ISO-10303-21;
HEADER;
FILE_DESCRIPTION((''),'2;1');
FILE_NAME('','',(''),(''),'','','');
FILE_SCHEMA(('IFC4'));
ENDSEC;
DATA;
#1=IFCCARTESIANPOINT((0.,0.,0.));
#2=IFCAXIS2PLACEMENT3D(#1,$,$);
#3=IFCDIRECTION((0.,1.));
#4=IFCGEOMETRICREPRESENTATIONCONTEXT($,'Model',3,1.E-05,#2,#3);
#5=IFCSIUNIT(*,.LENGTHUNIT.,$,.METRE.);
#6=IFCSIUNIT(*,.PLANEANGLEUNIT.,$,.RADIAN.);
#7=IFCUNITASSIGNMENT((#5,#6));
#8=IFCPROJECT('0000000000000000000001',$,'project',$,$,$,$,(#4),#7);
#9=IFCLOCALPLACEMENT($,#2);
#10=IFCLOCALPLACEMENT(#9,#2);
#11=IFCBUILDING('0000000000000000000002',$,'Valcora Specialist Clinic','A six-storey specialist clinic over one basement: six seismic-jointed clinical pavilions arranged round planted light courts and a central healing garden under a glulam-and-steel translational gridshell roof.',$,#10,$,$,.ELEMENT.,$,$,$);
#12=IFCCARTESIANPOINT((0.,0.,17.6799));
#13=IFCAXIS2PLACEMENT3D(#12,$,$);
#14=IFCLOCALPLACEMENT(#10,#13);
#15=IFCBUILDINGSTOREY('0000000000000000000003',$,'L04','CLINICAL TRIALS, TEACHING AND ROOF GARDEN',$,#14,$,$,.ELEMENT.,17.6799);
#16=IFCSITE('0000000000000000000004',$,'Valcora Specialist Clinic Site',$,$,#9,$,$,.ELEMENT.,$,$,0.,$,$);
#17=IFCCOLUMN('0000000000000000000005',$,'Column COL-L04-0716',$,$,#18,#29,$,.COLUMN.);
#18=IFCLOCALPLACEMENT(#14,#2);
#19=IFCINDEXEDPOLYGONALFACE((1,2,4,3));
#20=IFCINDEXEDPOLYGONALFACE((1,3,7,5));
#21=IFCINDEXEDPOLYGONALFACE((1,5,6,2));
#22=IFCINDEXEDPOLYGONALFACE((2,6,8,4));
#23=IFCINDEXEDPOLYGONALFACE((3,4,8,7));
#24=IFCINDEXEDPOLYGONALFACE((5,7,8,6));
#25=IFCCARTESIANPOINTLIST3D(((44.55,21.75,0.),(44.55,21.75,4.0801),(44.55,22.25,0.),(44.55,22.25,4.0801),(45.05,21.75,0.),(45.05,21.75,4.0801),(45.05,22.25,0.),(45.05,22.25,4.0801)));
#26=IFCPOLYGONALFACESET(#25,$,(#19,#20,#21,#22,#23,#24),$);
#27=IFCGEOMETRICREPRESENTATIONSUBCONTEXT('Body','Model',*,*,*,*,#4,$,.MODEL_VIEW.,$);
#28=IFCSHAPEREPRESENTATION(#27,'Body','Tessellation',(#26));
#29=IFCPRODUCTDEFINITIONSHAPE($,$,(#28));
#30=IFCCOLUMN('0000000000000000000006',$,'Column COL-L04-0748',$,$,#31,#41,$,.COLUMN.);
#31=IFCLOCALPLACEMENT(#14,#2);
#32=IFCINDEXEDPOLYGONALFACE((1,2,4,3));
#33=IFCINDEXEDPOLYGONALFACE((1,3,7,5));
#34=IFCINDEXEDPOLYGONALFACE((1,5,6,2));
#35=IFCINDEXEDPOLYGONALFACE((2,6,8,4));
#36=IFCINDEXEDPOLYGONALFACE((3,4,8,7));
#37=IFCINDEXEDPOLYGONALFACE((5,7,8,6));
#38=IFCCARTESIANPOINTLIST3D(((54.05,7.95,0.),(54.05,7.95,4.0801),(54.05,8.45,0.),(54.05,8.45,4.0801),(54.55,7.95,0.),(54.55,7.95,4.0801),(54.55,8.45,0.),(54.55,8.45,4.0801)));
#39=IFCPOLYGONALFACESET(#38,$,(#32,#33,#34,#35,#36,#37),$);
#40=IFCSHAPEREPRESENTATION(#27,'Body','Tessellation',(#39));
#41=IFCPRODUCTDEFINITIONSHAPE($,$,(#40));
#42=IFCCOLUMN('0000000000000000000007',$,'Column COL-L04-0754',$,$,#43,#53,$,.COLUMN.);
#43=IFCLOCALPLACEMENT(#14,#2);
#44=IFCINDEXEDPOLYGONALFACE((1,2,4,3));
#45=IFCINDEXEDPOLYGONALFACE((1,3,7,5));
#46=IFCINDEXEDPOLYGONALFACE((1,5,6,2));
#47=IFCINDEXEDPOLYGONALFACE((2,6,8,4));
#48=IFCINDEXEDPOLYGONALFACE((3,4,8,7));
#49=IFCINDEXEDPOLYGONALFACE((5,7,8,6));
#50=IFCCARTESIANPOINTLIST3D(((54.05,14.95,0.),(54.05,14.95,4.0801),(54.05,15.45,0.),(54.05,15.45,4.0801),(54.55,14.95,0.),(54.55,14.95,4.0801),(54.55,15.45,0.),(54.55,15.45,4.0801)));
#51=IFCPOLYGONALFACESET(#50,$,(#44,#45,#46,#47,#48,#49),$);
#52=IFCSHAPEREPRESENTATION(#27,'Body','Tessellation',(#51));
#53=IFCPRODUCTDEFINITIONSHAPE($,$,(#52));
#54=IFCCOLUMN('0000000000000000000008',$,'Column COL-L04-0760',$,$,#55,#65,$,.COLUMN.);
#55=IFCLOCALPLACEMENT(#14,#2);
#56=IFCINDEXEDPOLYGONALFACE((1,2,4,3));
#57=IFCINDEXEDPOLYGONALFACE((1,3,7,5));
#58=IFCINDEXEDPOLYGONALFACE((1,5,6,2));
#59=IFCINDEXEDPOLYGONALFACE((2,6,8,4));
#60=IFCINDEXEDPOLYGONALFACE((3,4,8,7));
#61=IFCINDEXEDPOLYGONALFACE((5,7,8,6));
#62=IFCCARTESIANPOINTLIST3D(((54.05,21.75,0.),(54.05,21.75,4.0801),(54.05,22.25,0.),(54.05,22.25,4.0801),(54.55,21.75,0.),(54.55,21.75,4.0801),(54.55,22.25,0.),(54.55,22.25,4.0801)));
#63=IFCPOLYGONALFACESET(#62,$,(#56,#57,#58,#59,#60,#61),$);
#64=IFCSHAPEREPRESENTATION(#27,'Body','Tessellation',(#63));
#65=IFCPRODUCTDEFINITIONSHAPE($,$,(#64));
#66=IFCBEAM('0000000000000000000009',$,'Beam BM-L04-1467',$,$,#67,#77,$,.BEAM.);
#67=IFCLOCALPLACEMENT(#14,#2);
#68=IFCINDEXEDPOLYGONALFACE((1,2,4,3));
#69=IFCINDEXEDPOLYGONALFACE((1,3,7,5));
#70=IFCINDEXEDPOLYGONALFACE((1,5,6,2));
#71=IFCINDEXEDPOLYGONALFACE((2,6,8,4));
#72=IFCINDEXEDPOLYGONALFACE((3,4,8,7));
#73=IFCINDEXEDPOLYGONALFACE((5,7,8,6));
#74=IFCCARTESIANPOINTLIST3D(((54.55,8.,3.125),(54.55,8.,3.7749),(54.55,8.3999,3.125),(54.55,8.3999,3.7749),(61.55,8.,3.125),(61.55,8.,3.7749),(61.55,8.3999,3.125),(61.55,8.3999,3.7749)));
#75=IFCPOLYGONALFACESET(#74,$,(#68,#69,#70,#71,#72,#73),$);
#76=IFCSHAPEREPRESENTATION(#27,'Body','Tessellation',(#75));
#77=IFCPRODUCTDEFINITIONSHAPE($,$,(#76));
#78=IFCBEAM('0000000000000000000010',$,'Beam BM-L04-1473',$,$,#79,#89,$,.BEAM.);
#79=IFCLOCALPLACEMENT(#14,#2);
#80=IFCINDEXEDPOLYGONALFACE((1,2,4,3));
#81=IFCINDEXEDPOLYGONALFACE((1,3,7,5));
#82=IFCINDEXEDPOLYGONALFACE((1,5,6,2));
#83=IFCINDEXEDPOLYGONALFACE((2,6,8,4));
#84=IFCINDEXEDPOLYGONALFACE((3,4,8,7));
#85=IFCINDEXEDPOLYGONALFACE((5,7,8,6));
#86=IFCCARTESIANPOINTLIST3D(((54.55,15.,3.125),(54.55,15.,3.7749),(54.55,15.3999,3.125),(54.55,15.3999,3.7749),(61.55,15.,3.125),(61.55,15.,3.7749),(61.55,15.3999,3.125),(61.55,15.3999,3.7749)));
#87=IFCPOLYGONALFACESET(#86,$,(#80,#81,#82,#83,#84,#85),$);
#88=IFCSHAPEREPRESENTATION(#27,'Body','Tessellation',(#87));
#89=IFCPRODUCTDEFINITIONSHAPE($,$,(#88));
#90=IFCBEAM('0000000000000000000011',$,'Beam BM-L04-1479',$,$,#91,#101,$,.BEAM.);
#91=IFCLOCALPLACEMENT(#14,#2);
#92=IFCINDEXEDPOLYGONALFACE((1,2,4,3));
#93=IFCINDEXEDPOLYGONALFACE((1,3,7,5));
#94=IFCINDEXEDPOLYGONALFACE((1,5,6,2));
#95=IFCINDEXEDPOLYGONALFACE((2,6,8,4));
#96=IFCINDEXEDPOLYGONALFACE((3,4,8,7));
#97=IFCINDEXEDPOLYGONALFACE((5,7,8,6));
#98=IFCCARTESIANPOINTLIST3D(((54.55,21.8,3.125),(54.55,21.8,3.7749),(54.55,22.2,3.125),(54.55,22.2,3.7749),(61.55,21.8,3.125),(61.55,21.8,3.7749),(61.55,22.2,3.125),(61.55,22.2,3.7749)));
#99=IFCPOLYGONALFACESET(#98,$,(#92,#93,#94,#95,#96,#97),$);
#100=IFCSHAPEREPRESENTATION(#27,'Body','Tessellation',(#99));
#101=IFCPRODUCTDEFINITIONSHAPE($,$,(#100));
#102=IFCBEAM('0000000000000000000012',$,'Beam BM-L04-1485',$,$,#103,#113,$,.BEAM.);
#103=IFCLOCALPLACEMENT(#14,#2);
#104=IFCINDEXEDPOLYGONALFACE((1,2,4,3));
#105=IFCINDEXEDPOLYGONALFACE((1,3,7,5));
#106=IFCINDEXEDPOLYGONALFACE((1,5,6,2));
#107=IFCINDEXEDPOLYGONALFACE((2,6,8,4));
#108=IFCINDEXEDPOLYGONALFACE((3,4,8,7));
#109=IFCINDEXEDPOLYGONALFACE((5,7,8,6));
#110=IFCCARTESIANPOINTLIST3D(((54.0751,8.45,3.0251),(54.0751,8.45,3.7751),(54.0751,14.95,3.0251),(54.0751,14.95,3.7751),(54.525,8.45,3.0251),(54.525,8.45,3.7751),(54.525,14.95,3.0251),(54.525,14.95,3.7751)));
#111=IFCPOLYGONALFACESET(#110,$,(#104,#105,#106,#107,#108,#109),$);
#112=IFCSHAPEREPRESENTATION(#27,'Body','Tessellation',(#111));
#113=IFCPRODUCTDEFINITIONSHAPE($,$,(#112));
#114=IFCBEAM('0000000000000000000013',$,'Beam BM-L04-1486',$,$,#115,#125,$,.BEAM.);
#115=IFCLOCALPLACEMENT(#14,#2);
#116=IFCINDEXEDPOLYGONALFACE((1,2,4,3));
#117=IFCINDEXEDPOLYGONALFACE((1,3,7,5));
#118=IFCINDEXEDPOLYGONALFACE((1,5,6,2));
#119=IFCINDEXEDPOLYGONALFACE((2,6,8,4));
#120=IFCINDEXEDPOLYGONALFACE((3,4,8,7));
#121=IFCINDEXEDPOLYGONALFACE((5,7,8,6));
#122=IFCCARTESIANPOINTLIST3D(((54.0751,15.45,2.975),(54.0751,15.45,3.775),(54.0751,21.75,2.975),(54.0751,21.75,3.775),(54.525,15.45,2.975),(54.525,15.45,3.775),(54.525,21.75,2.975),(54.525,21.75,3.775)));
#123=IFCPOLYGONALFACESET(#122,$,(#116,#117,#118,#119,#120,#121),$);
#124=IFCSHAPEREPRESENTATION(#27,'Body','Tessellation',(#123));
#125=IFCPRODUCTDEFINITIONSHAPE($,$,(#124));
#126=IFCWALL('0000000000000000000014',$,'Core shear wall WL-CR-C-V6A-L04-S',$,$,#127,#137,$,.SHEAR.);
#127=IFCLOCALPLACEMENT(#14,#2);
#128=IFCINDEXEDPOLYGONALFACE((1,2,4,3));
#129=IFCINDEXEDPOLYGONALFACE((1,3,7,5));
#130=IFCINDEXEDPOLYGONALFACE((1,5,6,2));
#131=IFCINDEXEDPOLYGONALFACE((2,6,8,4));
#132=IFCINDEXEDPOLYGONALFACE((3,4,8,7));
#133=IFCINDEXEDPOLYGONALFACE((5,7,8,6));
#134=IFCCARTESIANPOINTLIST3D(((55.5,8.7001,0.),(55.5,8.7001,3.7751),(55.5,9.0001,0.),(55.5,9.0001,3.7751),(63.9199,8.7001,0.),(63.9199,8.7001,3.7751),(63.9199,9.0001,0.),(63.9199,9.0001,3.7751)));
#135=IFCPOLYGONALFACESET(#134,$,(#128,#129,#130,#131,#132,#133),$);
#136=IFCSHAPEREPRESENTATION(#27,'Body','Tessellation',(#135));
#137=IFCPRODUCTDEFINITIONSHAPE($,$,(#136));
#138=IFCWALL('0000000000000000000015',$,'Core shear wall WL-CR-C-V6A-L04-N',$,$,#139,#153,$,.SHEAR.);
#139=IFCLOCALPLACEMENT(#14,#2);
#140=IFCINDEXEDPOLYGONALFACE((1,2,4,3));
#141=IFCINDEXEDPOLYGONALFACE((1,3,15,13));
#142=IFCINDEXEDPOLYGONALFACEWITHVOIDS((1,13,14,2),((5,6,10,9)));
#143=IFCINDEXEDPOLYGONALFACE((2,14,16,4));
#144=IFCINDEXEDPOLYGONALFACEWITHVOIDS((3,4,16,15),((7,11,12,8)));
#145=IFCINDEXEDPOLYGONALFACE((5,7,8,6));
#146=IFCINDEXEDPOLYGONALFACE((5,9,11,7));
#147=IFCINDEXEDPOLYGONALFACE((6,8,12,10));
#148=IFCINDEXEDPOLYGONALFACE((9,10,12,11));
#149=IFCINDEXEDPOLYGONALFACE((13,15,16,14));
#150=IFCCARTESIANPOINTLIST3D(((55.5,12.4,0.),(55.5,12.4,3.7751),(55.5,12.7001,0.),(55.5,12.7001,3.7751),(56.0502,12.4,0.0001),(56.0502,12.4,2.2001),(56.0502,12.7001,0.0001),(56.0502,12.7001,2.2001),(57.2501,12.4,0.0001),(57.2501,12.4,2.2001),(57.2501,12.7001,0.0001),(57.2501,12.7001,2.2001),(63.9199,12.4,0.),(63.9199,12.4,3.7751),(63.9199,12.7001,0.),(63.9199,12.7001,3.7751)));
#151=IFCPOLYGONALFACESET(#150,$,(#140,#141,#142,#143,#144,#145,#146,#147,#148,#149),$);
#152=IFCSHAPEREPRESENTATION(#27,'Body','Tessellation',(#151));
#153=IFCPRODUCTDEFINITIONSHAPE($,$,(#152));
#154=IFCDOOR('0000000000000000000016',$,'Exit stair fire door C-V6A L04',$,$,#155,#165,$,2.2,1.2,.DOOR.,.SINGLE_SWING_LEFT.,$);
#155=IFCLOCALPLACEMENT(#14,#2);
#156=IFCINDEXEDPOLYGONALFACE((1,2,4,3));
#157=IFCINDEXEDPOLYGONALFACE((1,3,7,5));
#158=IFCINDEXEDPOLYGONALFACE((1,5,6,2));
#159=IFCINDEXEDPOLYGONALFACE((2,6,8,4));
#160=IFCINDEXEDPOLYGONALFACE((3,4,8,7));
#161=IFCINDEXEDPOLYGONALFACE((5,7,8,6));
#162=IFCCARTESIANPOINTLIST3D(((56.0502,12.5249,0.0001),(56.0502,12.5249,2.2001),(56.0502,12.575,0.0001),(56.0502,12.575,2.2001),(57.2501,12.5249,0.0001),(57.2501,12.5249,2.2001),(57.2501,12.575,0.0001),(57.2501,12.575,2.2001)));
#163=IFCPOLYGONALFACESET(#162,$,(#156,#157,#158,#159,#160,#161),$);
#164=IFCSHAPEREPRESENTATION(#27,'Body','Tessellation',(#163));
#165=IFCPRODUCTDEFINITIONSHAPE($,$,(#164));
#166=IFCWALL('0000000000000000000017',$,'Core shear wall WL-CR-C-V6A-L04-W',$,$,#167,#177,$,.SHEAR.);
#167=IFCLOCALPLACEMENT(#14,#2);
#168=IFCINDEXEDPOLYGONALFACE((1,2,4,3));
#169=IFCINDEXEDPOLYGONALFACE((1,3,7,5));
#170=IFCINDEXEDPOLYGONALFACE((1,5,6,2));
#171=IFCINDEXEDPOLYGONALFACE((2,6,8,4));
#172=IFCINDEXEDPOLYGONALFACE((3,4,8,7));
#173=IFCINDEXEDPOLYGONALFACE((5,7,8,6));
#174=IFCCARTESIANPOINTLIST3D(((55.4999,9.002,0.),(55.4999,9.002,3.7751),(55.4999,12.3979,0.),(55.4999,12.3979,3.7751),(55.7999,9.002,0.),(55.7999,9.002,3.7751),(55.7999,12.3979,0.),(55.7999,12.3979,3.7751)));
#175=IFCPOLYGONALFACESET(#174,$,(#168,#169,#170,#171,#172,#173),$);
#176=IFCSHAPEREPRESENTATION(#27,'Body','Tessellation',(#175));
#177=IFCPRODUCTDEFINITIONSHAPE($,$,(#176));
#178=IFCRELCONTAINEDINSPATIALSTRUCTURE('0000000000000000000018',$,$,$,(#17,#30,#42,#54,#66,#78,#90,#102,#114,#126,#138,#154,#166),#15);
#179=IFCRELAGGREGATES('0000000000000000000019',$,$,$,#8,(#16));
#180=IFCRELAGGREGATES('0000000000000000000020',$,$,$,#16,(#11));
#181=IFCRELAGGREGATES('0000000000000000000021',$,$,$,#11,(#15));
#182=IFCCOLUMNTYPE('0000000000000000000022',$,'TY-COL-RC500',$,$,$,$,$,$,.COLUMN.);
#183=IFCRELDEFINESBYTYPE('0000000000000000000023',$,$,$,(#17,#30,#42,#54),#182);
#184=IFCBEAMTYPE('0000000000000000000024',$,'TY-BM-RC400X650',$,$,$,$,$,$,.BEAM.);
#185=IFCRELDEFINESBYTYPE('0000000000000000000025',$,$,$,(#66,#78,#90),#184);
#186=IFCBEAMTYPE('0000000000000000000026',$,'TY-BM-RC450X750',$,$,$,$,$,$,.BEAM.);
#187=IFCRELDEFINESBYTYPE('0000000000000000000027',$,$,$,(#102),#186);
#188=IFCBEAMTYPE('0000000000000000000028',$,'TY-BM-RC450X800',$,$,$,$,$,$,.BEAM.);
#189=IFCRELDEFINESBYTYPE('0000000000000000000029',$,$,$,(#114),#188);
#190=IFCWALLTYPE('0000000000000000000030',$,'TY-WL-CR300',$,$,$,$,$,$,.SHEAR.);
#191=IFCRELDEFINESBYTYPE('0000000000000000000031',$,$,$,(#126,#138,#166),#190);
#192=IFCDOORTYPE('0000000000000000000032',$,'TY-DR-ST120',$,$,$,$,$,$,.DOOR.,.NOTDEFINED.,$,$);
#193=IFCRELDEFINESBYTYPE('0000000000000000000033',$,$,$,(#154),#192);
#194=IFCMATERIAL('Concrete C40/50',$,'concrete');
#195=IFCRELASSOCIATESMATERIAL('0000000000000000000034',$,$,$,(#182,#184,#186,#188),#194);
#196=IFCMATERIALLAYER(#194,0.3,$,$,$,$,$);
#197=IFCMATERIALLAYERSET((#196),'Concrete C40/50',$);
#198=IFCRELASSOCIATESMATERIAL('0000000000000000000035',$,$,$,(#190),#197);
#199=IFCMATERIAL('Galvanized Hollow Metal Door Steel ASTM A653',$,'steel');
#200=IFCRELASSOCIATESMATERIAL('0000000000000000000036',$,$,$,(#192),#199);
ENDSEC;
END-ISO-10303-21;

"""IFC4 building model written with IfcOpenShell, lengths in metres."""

from ifc_helpers import new_model, si_unit, direction, frame, frame_2d, origin, origin_2d, place, context, subcontext, project, spatial, rectangle, extrude, material, layer, layer_set, material_profile, profile_set, type_object, element, fill, save


model = new_model("IFC4")

# Units and contexts
model_context = context("Model", 3, precision=1e-05, world=origin(), true_north=direction((0.0, 1.0)))
body_context = subcontext(model_context, "Body", "Model", "MODEL_VIEW")
ifc_project = project(units=[si_unit("LENGTHUNIT", "METRE"), si_unit("PLANEANGLEUNIT", "RADIAN")], contexts=[model_context])

# Site, building, storey
site_placement = place(None, origin())
site = spatial("IfcSite", under=ifc_project, at=site_placement, Name="Valcora Specialist Clinic Site", CompositionType="ELEMENT", RefElevation=0.0)
building_placement = place(site_placement, origin())
building = spatial("IfcBuilding", under=site, at=building_placement, Name="Valcora Specialist Clinic", Description="A six-storey specialist clinic over one basement: six seismic-jointed clinical pavilions arranged round planted light courts and a central healing garden under a glulam-and-steel translational gridshell roof.", CompositionType="ELEMENT")
storey_placement = place(building_placement, frame((0.0, 0.0, 17.6799)))
storey = spatial("IfcBuildingStorey", under=building, at=storey_placement, Name="L04", Description="CLINICAL TRIALS, TEACHING AND ROOF GARDEN", CompositionType="ELEMENT", Elevation=17.6799)

# Columns
ifc_material_1 = material(Name="Concrete C40/50", Category="concrete")
ifc_material_profile_1 = material_profile(ifc_material_1, rectangle(XDim=0.5, YDim=0.5, at=origin_2d()), Name="RC-COL-500X500")
ifc_profile_set_1 = profile_set([ifc_material_profile_1], Name="Concrete C40/50")
column_type = type_object("IfcColumnType", Name="TY-COL-RC500", PredefinedType="COLUMN", material=ifc_profile_set_1)
for number, where, z_axis, x_axis, name in (
    (1, (44.8, 22.0, 0.0), (0.0, 0.0, 1.0), (1.0, 0.0, 0.0), "Column COL-L04-0716"),
    (2, (54.3, 8.2, 0.0), (0.0, 0.0, 1.0), (1.0, 0.0, 0.0), "Column COL-L04-0748"),
    (3, (54.3, 15.2, 0.0), (0.0, 0.0, 1.0), (1.0, 0.0, 0.0), "Column COL-L04-0754"),
    (4, (54.3, 22.0, 0.0), (0.0, 0.0, 1.0), (1.0, 0.0, 0.0), "Column COL-L04-0760"),
):
    element("IfcColumn", number, at=place(storey_placement, frame(where, z_axis=z_axis, x_axis=x_axis)), inside=storey, type_object=column_type, Name=name, PredefinedType="COLUMN", context=body_context, shape_type="SweptSolid", body=[
        extrude(rectangle(XDim=0.5, YDim=0.5, at=origin_2d()), origin(), (0.0, 0.0, 1.0), 4.0801),
    ])

# Beams
ifc_material_profile_2 = material_profile(ifc_material_1, rectangle(XDim=0.3999, YDim=0.6499, at=origin_2d()), Name="RC-BM-400X650")
ifc_profile_set_2 = profile_set([ifc_material_profile_2], Name="Concrete C40/50")
beam_type_1 = type_object("IfcBeamType", Name="TY-BM-RC400X650", PredefinedType="BEAM", material=ifc_profile_set_2)
for number, where, z_axis, x_axis, name in (
    (5, (54.55, 8.2, 3.45), (1.0, 0.0, 0.0), (0.0, 1.0, 0.0), "Beam BM-L04-1467"),
    (6, (54.55, 15.2, 3.45), (1.0, 0.0, 0.0), (0.0, 1.0, 0.0), "Beam BM-L04-1473"),
    (7, (54.55, 22.0, 3.45), (1.0, 0.0, 0.0), (0.0, 1.0, 0.0), "Beam BM-L04-1479"),
):
    element("IfcBeam", number, at=place(storey_placement, frame(where, z_axis=z_axis, x_axis=x_axis)), inside=storey, type_object=beam_type_1, Name=name, PredefinedType="BEAM", context=body_context, shape_type="SweptSolid", body=[
        extrude(rectangle(XDim=0.3999, YDim=0.6499, at=origin_2d()), origin(), (0.0, 0.0, 1.0), 7.0),
    ])
ifc_material_profile_3 = material_profile(ifc_material_1, rectangle(XDim=0.45, YDim=0.75, at=origin_2d()), Name="RC-BM-450X750")
ifc_profile_set_3 = profile_set([ifc_material_profile_3], Name="Concrete C40/50")
beam_type_2 = type_object("IfcBeamType", Name="TY-BM-RC450X750", PredefinedType="BEAM", material=ifc_profile_set_3)
beam_1_placement = place(storey_placement, frame((54.3, 8.45, 3.4001), z_axis=(0.0, 1.0, 0.0), x_axis=(-1.0, 0.0, 0.0)))
element("IfcBeam", 8, at=beam_1_placement, inside=storey, type_object=beam_type_2, Name="Beam BM-L04-1485", PredefinedType="BEAM", context=body_context, shape_type="SweptSolid", body=[
    extrude(rectangle(XDim=0.45, YDim=0.75, at=origin_2d()), origin(), (0.0, 0.0, 1.0), 6.5),
])
ifc_material_profile_4 = material_profile(ifc_material_1, rectangle(XDim=0.45, YDim=0.8, at=origin_2d()), Name="RC-BM-450X800")
ifc_profile_set_4 = profile_set([ifc_material_profile_4], Name="Concrete C40/50")
beam_type_3 = type_object("IfcBeamType", Name="TY-BM-RC450X800", PredefinedType="BEAM", material=ifc_profile_set_4)
beam_2_placement = place(storey_placement, frame((54.3, 15.45, 3.375), z_axis=(0.0, 1.0, 0.0), x_axis=(-1.0, 0.0, 0.0)))
element("IfcBeam", 9, at=beam_2_placement, inside=storey, type_object=beam_type_3, Name="Beam BM-L04-1486", PredefinedType="BEAM", context=body_context, shape_type="SweptSolid", body=[
    extrude(rectangle(XDim=0.45, YDim=0.8, at=origin_2d()), origin(), (0.0, 0.0, 1.0), 6.3),
])

# Wall
ifc_layer_1 = layer(ifc_material_1, 0.3)
ifc_layer_set_1 = layer_set([ifc_layer_1], Name="Concrete C40/50")
wall_type_1 = type_object("IfcWallType", Name="TY-WL-CR300", PredefinedType="SHEAR", material=ifc_layer_set_1)
wall_1_placement = place(storey_placement, frame((55.5, 8.8501, 0.0), z_axis=(0.0, 0.0, 1.0), x_axis=(1.0, 0.0, 0.0)))
element("IfcWall", 10, at=wall_1_placement, inside=storey, type_object=wall_type_1, Name="Core shear wall WL-CR-C-V6A-L04-S", PredefinedType="SHEAR", context=body_context, shape_type="SweptSolid", body=[
    extrude(rectangle(XDim=8.4199, YDim=0.3, at=frame_2d((4.21, 0.0))), origin(), (0.0, 0.0, 1.0), 3.7751),
])

# Wall, opening, door
wall_2_placement = place(storey_placement, frame((55.5, 12.55, 0.0), z_axis=(0.0, 0.0, 1.0), x_axis=(1.0, 0.0, 0.0)))
wall_2 = element("IfcWall", 11, at=wall_2_placement, inside=storey, type_object=wall_type_1, Name="Core shear wall WL-CR-C-V6A-L04-N", PredefinedType="SHEAR", context=body_context, shape_type="SweptSolid", body=[
    extrude(rectangle(XDim=8.4199, YDim=0.3, at=frame_2d((4.21, 0.0))), origin(), (0.0, 0.0, 1.0), 3.7751),
])
opening_1_placement = place(wall_2_placement, frame((0.55, 0.0, 0.0)))
opening_1 = element("IfcOpeningElement", 12, at=opening_1_placement, cuts=wall_2, PredefinedType="OPENING", context=body_context, shape_type="SweptSolid", body=[
    extrude(rectangle(XDim=1.2, YDim=2.2, at=frame_2d((0.6001, 1.1001))), frame((0.0, 0.1599, 0.0), z_axis=(0.0, -1.0, 0.0), x_axis=(1.0, 0.0, 0.0)), (0.0, 0.0, 1.0), 0.3201),
])
ifc_material_2 = material(Name="Galvanized Hollow Metal Door Steel ASTM A653", Category="steel")
door_type_1 = type_object("IfcDoorType", Name="TY-DR-ST120", OperationType="NOTDEFINED", PredefinedType="DOOR", material=ifc_material_2)
door_1_placement = place(opening_1_placement, origin())
door_1 = element("IfcDoor", 13, at=door_1_placement, inside=storey, type_object=door_type_1, Name="Exit stair fire door C-V6A L04", OperationType="SINGLE_SWING_LEFT", OverallHeight=2.2, OverallWidth=1.2, PredefinedType="DOOR", context=body_context, shape_type="SweptSolid", body=[
    extrude(rectangle(XDim=1.2, YDim=2.2, at=frame_2d((0.6001, 1.1001))), frame((0.0, 0.0249, 0.0), z_axis=(0.0, -1.0, 0.0), x_axis=(1.0, 0.0, 0.0)), (0.0, 0.0, 1.0), 0.05),
])
fill(opening_1, door_1)

# Wall
wall_3_placement = place(storey_placement, frame((55.6499, 9.002, 0.0), z_axis=(0.0, 0.0, 1.0), x_axis=(0.0, 1.0, 0.0)))
element("IfcWall", 14, at=wall_3_placement, inside=storey, type_object=wall_type_1, Name="Core shear wall WL-CR-C-V6A-L04-W", PredefinedType="SHEAR", context=body_context, shape_type="SweptSolid", body=[
    extrude(rectangle(XDim=3.396, YDim=0.3, at=frame_2d((1.698, 0.0))), origin(), (0.0, 0.0, 1.0), 3.7751),
])

save(model, "model.ifc")
